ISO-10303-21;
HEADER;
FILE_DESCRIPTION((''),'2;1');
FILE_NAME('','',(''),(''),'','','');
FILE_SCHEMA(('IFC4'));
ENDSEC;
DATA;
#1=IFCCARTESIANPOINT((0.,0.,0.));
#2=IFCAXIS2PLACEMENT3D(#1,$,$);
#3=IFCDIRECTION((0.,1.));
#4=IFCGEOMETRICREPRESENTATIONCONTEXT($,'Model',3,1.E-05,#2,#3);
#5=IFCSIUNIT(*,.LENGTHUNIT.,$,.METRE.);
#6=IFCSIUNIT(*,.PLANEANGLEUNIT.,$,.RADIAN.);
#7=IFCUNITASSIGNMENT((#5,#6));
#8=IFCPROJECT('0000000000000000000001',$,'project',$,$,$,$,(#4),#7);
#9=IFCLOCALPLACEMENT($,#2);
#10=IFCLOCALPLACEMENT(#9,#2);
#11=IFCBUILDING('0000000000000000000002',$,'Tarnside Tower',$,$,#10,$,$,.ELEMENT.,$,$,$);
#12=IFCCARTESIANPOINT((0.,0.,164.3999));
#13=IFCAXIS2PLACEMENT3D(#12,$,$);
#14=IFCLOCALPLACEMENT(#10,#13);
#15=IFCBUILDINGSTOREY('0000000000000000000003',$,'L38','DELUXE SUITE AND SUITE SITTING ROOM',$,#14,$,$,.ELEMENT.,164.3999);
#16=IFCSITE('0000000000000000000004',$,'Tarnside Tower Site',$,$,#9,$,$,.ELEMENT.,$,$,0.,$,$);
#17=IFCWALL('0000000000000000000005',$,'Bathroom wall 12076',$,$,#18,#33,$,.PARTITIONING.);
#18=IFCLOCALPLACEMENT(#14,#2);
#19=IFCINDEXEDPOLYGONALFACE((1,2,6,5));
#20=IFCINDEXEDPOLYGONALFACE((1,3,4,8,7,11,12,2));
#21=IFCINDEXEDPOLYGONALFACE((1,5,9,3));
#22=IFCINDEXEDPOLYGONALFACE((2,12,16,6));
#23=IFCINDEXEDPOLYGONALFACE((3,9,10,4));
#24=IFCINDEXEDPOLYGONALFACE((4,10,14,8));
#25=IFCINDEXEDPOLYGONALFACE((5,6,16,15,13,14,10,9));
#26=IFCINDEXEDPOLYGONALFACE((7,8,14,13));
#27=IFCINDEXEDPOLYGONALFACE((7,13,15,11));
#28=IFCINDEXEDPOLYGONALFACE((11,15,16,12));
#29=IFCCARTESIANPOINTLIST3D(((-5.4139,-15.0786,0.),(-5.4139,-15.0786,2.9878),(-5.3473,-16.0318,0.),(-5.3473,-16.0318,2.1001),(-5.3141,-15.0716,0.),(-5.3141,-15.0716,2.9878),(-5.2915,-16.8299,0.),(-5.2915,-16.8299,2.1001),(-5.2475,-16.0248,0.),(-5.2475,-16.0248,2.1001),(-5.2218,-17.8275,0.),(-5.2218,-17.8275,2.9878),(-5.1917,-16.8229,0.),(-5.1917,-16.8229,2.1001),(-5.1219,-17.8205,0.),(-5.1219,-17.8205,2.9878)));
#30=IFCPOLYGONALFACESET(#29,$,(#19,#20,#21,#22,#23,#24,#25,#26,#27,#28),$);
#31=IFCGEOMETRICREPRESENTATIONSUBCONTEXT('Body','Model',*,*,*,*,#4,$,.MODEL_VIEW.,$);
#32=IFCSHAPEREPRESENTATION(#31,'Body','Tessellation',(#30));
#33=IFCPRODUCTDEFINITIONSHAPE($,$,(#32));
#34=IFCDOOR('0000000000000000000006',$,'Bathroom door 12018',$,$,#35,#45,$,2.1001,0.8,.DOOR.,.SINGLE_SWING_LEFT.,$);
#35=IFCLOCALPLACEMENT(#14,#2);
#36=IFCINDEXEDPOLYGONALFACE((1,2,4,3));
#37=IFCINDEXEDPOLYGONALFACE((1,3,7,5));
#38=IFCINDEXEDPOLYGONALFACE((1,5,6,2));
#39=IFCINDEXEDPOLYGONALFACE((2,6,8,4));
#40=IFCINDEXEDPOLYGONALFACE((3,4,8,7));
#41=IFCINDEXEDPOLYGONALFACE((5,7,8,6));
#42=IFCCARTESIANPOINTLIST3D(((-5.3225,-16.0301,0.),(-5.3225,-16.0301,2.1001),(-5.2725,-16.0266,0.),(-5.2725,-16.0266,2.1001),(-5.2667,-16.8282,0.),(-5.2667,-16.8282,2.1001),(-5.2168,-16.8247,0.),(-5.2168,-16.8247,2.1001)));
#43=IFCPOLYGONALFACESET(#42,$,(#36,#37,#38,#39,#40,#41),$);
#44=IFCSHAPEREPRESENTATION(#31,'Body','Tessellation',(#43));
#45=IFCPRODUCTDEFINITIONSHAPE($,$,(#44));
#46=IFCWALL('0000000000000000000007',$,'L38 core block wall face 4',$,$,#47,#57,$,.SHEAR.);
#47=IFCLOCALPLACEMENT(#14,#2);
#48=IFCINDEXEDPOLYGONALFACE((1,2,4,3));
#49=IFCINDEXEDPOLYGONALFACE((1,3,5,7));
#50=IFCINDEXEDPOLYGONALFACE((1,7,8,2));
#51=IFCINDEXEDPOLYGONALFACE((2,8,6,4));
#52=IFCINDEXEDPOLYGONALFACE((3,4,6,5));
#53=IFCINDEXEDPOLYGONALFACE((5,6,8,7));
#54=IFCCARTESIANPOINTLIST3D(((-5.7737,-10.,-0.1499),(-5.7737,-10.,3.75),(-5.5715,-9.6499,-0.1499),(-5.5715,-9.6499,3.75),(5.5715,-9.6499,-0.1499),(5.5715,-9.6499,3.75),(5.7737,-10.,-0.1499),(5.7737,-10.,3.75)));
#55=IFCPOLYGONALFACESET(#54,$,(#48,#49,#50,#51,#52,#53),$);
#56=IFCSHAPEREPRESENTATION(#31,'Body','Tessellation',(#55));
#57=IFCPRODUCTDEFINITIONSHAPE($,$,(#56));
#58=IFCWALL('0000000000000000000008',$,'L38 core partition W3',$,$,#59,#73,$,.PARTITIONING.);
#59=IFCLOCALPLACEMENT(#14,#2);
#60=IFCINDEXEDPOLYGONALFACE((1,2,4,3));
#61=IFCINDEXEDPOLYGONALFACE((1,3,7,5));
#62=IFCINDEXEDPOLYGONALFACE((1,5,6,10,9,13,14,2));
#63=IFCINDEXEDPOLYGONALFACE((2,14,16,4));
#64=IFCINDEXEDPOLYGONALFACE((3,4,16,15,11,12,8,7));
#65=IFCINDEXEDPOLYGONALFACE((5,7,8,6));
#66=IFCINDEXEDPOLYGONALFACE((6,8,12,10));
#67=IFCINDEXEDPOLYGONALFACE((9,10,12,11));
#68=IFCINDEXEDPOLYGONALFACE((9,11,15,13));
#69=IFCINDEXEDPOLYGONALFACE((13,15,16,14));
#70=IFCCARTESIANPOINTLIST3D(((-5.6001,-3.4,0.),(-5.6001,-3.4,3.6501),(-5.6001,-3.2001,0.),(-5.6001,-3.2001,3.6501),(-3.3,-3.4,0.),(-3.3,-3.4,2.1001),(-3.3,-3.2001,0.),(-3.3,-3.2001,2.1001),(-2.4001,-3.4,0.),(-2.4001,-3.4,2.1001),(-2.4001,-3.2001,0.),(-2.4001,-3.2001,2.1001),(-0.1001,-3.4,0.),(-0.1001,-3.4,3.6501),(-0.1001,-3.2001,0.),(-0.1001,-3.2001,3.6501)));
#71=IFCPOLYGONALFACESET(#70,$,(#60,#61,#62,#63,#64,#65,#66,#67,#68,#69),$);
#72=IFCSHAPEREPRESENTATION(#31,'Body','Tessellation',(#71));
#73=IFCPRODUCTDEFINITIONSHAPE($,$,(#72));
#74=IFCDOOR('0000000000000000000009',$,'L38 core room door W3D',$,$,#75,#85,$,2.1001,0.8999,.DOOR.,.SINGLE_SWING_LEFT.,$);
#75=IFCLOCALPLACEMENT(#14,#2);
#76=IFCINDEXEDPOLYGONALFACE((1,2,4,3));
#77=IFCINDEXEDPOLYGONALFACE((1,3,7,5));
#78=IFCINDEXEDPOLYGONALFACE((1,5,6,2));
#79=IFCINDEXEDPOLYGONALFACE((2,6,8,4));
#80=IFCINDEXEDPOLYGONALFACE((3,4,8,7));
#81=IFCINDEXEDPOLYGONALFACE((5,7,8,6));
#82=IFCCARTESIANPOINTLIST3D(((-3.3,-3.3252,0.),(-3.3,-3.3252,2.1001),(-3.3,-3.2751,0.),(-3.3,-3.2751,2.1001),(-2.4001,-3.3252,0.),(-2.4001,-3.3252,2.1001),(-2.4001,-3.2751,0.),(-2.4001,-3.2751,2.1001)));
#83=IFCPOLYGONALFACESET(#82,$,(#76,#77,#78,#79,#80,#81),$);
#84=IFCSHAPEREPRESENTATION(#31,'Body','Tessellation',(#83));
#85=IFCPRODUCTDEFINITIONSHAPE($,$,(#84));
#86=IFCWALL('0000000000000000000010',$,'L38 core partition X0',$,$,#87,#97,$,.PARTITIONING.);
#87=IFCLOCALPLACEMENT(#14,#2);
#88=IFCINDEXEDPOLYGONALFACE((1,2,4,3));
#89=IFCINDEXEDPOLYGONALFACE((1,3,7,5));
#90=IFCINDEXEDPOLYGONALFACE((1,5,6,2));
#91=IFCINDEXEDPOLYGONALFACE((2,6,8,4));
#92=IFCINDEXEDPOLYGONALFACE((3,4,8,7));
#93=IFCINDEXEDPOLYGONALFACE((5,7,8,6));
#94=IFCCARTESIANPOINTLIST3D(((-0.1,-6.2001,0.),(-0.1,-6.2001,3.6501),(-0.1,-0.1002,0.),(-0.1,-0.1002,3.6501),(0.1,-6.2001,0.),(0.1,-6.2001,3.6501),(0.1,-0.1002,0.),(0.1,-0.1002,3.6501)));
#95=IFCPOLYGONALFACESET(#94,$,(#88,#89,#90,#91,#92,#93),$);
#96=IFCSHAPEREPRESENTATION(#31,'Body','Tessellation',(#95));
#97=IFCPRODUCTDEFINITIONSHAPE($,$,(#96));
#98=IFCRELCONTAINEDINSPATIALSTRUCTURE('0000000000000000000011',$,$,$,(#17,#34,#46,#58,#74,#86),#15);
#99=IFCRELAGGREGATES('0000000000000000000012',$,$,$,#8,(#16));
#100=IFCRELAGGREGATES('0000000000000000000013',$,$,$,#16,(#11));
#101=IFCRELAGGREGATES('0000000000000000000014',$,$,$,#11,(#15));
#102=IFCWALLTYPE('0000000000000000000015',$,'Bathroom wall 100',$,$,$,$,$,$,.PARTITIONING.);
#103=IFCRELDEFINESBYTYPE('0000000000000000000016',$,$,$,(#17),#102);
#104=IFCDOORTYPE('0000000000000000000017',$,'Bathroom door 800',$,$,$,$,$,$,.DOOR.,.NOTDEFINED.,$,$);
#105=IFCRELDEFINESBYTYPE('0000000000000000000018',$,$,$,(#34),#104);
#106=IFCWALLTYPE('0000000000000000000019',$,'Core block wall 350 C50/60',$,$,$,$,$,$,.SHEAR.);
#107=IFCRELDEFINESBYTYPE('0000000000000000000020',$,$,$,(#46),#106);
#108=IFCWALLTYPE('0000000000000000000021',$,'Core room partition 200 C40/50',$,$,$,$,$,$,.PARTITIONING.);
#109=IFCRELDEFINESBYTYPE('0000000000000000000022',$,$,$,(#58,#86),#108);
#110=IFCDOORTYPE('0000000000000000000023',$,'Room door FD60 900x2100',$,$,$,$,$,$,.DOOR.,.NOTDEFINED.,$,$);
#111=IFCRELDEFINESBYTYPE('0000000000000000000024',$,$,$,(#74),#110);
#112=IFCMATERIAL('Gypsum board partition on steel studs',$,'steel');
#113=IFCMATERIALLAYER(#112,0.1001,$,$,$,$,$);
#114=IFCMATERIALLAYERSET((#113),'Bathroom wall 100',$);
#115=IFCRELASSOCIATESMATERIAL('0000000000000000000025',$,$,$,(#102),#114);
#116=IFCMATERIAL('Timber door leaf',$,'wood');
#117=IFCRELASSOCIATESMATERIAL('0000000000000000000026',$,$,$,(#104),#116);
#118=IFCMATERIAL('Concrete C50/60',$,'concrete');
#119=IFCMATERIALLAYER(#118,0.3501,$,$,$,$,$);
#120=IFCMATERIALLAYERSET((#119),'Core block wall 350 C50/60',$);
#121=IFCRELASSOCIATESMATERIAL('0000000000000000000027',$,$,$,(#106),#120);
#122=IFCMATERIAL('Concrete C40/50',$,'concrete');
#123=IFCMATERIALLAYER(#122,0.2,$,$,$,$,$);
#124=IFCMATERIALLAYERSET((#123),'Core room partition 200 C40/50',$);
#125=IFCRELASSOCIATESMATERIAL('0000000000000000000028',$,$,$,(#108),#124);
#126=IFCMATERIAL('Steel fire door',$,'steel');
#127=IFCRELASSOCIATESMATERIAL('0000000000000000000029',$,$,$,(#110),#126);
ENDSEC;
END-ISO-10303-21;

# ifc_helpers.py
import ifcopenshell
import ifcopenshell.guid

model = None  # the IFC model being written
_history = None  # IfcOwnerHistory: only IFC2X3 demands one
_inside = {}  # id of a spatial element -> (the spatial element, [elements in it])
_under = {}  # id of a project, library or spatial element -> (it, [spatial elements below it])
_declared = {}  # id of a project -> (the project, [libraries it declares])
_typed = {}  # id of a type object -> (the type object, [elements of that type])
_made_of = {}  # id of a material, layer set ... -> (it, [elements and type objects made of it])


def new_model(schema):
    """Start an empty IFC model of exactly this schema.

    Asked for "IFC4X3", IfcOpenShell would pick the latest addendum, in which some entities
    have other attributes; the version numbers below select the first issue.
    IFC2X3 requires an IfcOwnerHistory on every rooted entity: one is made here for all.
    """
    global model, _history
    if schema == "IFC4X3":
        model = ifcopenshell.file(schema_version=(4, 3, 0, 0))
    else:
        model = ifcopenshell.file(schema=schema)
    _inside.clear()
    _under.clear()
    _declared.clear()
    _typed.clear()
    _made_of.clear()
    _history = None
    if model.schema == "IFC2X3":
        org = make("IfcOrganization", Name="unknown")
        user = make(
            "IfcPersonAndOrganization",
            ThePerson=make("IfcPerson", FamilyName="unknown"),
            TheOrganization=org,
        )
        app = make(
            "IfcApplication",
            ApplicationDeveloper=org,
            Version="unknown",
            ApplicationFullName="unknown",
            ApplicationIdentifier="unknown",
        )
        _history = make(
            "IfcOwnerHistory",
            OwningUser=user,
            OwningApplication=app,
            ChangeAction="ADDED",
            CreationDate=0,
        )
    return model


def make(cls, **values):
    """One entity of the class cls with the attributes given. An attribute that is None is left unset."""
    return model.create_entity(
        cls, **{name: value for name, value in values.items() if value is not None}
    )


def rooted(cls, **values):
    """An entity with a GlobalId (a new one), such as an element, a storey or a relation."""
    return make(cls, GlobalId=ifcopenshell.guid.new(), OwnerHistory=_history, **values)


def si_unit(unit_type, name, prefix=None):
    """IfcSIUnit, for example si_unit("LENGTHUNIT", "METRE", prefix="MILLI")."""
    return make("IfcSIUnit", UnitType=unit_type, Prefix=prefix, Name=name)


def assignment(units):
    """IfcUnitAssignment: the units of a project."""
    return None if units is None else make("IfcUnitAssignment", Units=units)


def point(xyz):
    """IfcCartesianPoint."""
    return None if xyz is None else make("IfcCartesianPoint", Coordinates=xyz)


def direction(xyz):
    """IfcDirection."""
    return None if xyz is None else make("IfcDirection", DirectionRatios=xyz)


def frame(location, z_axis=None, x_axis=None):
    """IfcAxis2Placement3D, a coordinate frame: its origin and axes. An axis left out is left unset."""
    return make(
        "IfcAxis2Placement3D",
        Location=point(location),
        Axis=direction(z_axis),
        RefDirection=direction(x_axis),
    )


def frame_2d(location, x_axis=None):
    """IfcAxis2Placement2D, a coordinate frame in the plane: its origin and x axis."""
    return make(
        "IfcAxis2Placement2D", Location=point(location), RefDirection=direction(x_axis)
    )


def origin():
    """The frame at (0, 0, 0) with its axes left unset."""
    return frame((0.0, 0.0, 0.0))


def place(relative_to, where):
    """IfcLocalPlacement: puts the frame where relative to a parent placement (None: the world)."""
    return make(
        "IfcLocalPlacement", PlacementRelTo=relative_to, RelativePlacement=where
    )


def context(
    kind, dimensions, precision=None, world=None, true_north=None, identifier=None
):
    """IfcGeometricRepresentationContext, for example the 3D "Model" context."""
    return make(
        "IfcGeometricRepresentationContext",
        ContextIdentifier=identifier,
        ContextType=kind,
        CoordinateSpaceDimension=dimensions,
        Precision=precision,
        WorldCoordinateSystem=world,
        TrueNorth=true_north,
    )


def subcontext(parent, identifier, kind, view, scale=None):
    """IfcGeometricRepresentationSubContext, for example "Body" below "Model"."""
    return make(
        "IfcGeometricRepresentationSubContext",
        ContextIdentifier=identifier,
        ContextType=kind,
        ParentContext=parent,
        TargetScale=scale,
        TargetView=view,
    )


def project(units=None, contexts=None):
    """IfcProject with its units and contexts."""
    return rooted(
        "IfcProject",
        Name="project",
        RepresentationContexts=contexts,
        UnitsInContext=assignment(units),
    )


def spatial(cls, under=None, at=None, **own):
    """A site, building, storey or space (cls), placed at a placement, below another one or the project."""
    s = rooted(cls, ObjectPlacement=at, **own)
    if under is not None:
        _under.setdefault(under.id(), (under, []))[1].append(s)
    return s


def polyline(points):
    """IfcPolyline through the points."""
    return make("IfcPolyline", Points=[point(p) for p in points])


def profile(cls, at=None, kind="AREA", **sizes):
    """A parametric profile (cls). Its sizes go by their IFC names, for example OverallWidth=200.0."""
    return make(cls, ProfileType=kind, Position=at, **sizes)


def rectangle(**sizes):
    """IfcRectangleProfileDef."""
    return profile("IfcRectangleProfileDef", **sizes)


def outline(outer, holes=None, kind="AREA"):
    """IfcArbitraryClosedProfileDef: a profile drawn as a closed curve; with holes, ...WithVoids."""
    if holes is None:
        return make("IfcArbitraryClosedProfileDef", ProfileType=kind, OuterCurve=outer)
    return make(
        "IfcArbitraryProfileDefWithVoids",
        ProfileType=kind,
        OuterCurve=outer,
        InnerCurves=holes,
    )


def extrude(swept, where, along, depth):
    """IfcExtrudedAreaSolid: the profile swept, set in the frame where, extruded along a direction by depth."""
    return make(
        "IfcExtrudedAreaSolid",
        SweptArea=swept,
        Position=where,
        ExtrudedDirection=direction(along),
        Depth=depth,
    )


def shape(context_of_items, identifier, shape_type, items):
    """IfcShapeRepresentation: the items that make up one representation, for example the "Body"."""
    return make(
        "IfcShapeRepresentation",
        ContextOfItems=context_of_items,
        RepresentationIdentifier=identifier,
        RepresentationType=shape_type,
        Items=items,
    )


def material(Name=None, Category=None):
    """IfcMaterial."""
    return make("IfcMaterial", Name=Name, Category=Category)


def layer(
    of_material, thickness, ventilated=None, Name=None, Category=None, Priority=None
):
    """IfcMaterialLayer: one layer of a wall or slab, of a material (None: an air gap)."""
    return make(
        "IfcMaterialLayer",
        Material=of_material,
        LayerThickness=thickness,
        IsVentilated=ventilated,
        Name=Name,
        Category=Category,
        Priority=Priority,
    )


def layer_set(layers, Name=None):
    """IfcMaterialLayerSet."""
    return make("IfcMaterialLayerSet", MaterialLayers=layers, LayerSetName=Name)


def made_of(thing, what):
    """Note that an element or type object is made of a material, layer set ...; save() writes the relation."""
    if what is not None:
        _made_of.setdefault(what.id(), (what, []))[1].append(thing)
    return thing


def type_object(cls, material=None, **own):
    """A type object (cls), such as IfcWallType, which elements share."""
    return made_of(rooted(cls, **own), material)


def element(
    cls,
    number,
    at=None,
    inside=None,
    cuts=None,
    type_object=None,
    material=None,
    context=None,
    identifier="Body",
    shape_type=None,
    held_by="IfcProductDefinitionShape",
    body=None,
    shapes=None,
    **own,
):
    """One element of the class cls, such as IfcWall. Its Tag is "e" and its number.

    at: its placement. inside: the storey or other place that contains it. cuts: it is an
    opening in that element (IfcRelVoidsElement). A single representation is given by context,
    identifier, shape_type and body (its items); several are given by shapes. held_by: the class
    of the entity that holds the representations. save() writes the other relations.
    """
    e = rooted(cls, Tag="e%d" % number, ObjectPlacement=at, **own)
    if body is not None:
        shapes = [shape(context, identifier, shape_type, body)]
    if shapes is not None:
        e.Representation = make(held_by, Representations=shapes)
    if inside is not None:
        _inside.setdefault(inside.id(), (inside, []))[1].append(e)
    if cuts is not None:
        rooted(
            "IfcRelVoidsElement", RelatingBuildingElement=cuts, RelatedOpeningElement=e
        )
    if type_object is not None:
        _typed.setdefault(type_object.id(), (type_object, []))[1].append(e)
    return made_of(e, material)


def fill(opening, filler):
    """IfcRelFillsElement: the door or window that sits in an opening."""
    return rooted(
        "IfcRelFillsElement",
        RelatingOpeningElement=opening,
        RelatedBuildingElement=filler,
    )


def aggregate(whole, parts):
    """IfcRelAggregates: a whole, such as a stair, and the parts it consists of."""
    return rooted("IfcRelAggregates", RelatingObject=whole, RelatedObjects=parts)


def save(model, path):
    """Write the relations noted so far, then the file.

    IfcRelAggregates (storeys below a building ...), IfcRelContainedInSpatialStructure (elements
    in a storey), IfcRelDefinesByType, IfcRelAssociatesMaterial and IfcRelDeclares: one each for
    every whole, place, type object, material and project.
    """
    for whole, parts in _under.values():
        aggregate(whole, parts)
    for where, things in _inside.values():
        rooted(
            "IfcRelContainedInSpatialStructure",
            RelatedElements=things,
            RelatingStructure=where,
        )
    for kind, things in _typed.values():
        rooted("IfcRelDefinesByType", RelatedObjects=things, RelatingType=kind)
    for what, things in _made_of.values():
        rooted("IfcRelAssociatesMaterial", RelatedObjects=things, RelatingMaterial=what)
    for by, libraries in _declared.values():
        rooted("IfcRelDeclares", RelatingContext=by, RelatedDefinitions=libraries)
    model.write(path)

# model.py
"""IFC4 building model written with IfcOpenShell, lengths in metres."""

from ifc_helpers import new_model, si_unit, direction, frame, frame_2d, origin, place, context, subcontext, project, spatial, polyline, rectangle, outline, extrude, material, layer, layer_set, type_object, element, fill, save


model = new_model("IFC4")

# Units and contexts
model_context = context("Model", 3, precision=1e-05, world=origin(), true_north=direction((0.0, 1.0)))
body_context = subcontext(model_context, "Body", "Model", "MODEL_VIEW")
ifc_project = project(units=[si_unit("LENGTHUNIT", "METRE"), si_unit("PLANEANGLEUNIT", "RADIAN")], contexts=[model_context])

# Site, building, storey
site_placement = place(None, origin())
site = spatial("IfcSite", under=ifc_project, at=site_placement, Name="Tarnside Tower Site", CompositionType="ELEMENT", RefElevation=0.0)
building_placement = place(site_placement, origin())
building = spatial("IfcBuilding", under=site, at=building_placement, Name="Tarnside Tower", CompositionType="ELEMENT")
storey_placement = place(building_placement, frame((0.0, 0.0, 164.3999)))
storey = spatial("IfcBuildingStorey", under=building, at=storey_placement, Name="L38", Description="DELUXE SUITE AND SUITE SITTING ROOM", CompositionType="ELEMENT", Elevation=164.3999)

# Wall, opening, door
ifc_material_1 = material(Name="Gypsum board partition on steel studs", Category="steel")
ifc_layer_1 = layer(ifc_material_1, 0.1001)
ifc_layer_set_1 = layer_set([ifc_layer_1], Name="Bathroom wall 100")
wall_type_1 = type_object("IfcWallType", Name="Bathroom wall 100", PredefinedType="PARTITIONING", material=ifc_layer_set_1)
wall_1_placement = place(storey_placement, frame((-5.364, -15.075, 0.0), z_axis=(0.0, 0.0, 1.0), x_axis=(0.069723, -0.997566, 0.0)))
wall_1 = element("IfcWall", 1, at=wall_1_placement, inside=storey, type_object=wall_type_1, Name="Bathroom wall 12076", PredefinedType="PARTITIONING", context=body_context, shape_type="SweptSolid", body=[
    extrude(rectangle(XDim=2.7556, YDim=0.1001, at=frame_2d((1.3779, 0.0))), origin(), (0.0, 0.0, 1.0), 2.9878),
])
opening_1_placement = place(wall_1_placement, frame((0.9558, 0.0, 0.0)))
opening_1 = element("IfcOpeningElement", 2, at=opening_1_placement, cuts=wall_1, PredefinedType="OPENING", context=body_context, shape_type="SweptSolid", body=[
    extrude(rectangle(XDim=0.8, YDim=2.1001, at=frame_2d((0.3999, 1.05))), frame((0.0, 0.0601, 0.0), z_axis=(0.0, -1.0, 0.0), x_axis=(1.0, 0.0, 0.0)), (0.0, 0.0, 1.0), 0.1201),
])
ifc_material_2 = material(Name="Timber door leaf", Category="wood")
door_type_1 = type_object("IfcDoorType", Name="Bathroom door 800", OperationType="NOTDEFINED", PredefinedType="DOOR", material=ifc_material_2)
door_1_placement = place(opening_1_placement, origin())
door_1 = element("IfcDoor", 3, at=door_1_placement, inside=storey, type_object=door_type_1, Name="Bathroom door 12018", OperationType="SINGLE_SWING_LEFT", OverallHeight=2.1001, OverallWidth=0.8, PredefinedType="DOOR", context=body_context, shape_type="SweptSolid", body=[
    extrude(rectangle(XDim=0.8, YDim=2.1001, at=frame_2d((0.3999, 1.05))), frame((0.0, 0.0249, 0.0), z_axis=(0.0, -1.0, 0.0), x_axis=(1.0, 0.0, 0.0)), (0.0, 0.0, 1.0), 0.05),
])
fill(opening_1, door_1)

# Wall
ifc_material_3 = material(Name="Concrete C50/60", Category="concrete")
ifc_layer_2 = layer(ifc_material_3, 0.3501)
ifc_layer_set_2 = layer_set([ifc_layer_2], Name="Core block wall 350 C50/60")
wall_type_2 = type_object("IfcWallType", Name="Core block wall 350 C50/60", PredefinedType="SHEAR", material=ifc_layer_set_2)
wall_2_placement = place(storey_placement, frame((-5.6726, -9.825, -0.1499), z_axis=(0.0, 0.0, 1.0), x_axis=(1.0, 0.0, 0.0)))
element("IfcWall", 4, at=wall_2_placement, inside=storey, type_object=wall_type_2, Name="L38 core block wall face 4", PredefinedType="SHEAR", context=body_context, shape_type="SweptSolid", body=[
    extrude(outline(polyline([(-0.1011, -0.175), (11.4463, -0.175), (11.2441, 0.175), (0.1011, 0.175), (-0.1011, -0.175)])), origin(), (0.0, 0.0, 1.0), 3.8999),
])

# Wall, opening, door
ifc_material_4 = material(Name="Concrete C40/50", Category="concrete")
ifc_layer_3 = layer(ifc_material_4, 0.2)
ifc_layer_set_3 = layer_set([ifc_layer_3], Name="Core room partition 200 C40/50")
wall_type_3 = type_object("IfcWallType", Name="Core room partition 200 C40/50", PredefinedType="PARTITIONING", material=ifc_layer_set_3)
wall_3_placement = place(storey_placement, frame((-5.6001, -3.3, 0.0), z_axis=(0.0, 0.0, 1.0), x_axis=(1.0, 0.0, 0.0)))
wall_3 = element("IfcWall", 5, at=wall_3_placement, inside=storey, type_object=wall_type_3, Name="L38 core partition W3", PredefinedType="PARTITIONING", context=body_context, shape_type="SweptSolid", body=[
    extrude(rectangle(XDim=5.5, YDim=0.2, at=frame_2d((2.75, 0.0))), origin(), (0.0, 0.0, 1.0), 3.6501),
])
opening_2_placement = place(wall_3_placement, frame((2.3, 0.0, 0.0)))
opening_2 = element("IfcOpeningElement", 6, at=opening_2_placement, cuts=wall_3, PredefinedType="OPENING", context=body_context, shape_type="SweptSolid", body=[
    extrude(rectangle(XDim=0.8999, YDim=2.1001, at=frame_2d((0.45, 1.05))), frame((0.0, 0.1099, 0.0), z_axis=(0.0, -1.0, 0.0), x_axis=(1.0, 0.0, 0.0)), (0.0, 0.0, 1.0), 0.22),
])
ifc_material_5 = material(Name="Steel fire door", Category="steel")
door_type_2 = type_object("IfcDoorType", Name="Room door FD60 900x2100", OperationType="NOTDEFINED", PredefinedType="DOOR", material=ifc_material_5)
door_2_placement = place(opening_2_placement, origin())
door_2 = element("IfcDoor", 7, at=door_2_placement, inside=storey, type_object=door_type_2, Name="L38 core room door W3D", OperationType="SINGLE_SWING_LEFT", OverallHeight=2.1001, OverallWidth=0.8999, PredefinedType="DOOR", context=body_context, shape_type="SweptSolid", body=[
    extrude(rectangle(XDim=0.8999, YDim=2.1001, at=frame_2d((0.45, 1.05))), frame((0.0, 0.0249, 0.0), z_axis=(0.0, -1.0, 0.0), x_axis=(1.0, 0.0, 0.0)), (0.0, 0.0, 1.0), 0.05),
])
fill(opening_2, door_2)

# Wall
wall_4_placement = place(storey_placement, frame((0.0, -6.2, 0.0), z_axis=(0.0, 0.0, 1.0), x_axis=(0.0, 1.0, 0.0)))
element("IfcWall", 8, at=wall_4_placement, inside=storey, type_object=wall_type_3, Name="L38 core partition X0", PredefinedType="PARTITIONING", context=body_context, shape_type="SweptSolid", body=[
    extrude(rectangle(XDim=6.0999, YDim=0.2, at=frame_2d((3.0498, 0.0))), origin(), (0.0, 0.0, 1.0), 3.6501),
])

save(model, "model.ifc")
